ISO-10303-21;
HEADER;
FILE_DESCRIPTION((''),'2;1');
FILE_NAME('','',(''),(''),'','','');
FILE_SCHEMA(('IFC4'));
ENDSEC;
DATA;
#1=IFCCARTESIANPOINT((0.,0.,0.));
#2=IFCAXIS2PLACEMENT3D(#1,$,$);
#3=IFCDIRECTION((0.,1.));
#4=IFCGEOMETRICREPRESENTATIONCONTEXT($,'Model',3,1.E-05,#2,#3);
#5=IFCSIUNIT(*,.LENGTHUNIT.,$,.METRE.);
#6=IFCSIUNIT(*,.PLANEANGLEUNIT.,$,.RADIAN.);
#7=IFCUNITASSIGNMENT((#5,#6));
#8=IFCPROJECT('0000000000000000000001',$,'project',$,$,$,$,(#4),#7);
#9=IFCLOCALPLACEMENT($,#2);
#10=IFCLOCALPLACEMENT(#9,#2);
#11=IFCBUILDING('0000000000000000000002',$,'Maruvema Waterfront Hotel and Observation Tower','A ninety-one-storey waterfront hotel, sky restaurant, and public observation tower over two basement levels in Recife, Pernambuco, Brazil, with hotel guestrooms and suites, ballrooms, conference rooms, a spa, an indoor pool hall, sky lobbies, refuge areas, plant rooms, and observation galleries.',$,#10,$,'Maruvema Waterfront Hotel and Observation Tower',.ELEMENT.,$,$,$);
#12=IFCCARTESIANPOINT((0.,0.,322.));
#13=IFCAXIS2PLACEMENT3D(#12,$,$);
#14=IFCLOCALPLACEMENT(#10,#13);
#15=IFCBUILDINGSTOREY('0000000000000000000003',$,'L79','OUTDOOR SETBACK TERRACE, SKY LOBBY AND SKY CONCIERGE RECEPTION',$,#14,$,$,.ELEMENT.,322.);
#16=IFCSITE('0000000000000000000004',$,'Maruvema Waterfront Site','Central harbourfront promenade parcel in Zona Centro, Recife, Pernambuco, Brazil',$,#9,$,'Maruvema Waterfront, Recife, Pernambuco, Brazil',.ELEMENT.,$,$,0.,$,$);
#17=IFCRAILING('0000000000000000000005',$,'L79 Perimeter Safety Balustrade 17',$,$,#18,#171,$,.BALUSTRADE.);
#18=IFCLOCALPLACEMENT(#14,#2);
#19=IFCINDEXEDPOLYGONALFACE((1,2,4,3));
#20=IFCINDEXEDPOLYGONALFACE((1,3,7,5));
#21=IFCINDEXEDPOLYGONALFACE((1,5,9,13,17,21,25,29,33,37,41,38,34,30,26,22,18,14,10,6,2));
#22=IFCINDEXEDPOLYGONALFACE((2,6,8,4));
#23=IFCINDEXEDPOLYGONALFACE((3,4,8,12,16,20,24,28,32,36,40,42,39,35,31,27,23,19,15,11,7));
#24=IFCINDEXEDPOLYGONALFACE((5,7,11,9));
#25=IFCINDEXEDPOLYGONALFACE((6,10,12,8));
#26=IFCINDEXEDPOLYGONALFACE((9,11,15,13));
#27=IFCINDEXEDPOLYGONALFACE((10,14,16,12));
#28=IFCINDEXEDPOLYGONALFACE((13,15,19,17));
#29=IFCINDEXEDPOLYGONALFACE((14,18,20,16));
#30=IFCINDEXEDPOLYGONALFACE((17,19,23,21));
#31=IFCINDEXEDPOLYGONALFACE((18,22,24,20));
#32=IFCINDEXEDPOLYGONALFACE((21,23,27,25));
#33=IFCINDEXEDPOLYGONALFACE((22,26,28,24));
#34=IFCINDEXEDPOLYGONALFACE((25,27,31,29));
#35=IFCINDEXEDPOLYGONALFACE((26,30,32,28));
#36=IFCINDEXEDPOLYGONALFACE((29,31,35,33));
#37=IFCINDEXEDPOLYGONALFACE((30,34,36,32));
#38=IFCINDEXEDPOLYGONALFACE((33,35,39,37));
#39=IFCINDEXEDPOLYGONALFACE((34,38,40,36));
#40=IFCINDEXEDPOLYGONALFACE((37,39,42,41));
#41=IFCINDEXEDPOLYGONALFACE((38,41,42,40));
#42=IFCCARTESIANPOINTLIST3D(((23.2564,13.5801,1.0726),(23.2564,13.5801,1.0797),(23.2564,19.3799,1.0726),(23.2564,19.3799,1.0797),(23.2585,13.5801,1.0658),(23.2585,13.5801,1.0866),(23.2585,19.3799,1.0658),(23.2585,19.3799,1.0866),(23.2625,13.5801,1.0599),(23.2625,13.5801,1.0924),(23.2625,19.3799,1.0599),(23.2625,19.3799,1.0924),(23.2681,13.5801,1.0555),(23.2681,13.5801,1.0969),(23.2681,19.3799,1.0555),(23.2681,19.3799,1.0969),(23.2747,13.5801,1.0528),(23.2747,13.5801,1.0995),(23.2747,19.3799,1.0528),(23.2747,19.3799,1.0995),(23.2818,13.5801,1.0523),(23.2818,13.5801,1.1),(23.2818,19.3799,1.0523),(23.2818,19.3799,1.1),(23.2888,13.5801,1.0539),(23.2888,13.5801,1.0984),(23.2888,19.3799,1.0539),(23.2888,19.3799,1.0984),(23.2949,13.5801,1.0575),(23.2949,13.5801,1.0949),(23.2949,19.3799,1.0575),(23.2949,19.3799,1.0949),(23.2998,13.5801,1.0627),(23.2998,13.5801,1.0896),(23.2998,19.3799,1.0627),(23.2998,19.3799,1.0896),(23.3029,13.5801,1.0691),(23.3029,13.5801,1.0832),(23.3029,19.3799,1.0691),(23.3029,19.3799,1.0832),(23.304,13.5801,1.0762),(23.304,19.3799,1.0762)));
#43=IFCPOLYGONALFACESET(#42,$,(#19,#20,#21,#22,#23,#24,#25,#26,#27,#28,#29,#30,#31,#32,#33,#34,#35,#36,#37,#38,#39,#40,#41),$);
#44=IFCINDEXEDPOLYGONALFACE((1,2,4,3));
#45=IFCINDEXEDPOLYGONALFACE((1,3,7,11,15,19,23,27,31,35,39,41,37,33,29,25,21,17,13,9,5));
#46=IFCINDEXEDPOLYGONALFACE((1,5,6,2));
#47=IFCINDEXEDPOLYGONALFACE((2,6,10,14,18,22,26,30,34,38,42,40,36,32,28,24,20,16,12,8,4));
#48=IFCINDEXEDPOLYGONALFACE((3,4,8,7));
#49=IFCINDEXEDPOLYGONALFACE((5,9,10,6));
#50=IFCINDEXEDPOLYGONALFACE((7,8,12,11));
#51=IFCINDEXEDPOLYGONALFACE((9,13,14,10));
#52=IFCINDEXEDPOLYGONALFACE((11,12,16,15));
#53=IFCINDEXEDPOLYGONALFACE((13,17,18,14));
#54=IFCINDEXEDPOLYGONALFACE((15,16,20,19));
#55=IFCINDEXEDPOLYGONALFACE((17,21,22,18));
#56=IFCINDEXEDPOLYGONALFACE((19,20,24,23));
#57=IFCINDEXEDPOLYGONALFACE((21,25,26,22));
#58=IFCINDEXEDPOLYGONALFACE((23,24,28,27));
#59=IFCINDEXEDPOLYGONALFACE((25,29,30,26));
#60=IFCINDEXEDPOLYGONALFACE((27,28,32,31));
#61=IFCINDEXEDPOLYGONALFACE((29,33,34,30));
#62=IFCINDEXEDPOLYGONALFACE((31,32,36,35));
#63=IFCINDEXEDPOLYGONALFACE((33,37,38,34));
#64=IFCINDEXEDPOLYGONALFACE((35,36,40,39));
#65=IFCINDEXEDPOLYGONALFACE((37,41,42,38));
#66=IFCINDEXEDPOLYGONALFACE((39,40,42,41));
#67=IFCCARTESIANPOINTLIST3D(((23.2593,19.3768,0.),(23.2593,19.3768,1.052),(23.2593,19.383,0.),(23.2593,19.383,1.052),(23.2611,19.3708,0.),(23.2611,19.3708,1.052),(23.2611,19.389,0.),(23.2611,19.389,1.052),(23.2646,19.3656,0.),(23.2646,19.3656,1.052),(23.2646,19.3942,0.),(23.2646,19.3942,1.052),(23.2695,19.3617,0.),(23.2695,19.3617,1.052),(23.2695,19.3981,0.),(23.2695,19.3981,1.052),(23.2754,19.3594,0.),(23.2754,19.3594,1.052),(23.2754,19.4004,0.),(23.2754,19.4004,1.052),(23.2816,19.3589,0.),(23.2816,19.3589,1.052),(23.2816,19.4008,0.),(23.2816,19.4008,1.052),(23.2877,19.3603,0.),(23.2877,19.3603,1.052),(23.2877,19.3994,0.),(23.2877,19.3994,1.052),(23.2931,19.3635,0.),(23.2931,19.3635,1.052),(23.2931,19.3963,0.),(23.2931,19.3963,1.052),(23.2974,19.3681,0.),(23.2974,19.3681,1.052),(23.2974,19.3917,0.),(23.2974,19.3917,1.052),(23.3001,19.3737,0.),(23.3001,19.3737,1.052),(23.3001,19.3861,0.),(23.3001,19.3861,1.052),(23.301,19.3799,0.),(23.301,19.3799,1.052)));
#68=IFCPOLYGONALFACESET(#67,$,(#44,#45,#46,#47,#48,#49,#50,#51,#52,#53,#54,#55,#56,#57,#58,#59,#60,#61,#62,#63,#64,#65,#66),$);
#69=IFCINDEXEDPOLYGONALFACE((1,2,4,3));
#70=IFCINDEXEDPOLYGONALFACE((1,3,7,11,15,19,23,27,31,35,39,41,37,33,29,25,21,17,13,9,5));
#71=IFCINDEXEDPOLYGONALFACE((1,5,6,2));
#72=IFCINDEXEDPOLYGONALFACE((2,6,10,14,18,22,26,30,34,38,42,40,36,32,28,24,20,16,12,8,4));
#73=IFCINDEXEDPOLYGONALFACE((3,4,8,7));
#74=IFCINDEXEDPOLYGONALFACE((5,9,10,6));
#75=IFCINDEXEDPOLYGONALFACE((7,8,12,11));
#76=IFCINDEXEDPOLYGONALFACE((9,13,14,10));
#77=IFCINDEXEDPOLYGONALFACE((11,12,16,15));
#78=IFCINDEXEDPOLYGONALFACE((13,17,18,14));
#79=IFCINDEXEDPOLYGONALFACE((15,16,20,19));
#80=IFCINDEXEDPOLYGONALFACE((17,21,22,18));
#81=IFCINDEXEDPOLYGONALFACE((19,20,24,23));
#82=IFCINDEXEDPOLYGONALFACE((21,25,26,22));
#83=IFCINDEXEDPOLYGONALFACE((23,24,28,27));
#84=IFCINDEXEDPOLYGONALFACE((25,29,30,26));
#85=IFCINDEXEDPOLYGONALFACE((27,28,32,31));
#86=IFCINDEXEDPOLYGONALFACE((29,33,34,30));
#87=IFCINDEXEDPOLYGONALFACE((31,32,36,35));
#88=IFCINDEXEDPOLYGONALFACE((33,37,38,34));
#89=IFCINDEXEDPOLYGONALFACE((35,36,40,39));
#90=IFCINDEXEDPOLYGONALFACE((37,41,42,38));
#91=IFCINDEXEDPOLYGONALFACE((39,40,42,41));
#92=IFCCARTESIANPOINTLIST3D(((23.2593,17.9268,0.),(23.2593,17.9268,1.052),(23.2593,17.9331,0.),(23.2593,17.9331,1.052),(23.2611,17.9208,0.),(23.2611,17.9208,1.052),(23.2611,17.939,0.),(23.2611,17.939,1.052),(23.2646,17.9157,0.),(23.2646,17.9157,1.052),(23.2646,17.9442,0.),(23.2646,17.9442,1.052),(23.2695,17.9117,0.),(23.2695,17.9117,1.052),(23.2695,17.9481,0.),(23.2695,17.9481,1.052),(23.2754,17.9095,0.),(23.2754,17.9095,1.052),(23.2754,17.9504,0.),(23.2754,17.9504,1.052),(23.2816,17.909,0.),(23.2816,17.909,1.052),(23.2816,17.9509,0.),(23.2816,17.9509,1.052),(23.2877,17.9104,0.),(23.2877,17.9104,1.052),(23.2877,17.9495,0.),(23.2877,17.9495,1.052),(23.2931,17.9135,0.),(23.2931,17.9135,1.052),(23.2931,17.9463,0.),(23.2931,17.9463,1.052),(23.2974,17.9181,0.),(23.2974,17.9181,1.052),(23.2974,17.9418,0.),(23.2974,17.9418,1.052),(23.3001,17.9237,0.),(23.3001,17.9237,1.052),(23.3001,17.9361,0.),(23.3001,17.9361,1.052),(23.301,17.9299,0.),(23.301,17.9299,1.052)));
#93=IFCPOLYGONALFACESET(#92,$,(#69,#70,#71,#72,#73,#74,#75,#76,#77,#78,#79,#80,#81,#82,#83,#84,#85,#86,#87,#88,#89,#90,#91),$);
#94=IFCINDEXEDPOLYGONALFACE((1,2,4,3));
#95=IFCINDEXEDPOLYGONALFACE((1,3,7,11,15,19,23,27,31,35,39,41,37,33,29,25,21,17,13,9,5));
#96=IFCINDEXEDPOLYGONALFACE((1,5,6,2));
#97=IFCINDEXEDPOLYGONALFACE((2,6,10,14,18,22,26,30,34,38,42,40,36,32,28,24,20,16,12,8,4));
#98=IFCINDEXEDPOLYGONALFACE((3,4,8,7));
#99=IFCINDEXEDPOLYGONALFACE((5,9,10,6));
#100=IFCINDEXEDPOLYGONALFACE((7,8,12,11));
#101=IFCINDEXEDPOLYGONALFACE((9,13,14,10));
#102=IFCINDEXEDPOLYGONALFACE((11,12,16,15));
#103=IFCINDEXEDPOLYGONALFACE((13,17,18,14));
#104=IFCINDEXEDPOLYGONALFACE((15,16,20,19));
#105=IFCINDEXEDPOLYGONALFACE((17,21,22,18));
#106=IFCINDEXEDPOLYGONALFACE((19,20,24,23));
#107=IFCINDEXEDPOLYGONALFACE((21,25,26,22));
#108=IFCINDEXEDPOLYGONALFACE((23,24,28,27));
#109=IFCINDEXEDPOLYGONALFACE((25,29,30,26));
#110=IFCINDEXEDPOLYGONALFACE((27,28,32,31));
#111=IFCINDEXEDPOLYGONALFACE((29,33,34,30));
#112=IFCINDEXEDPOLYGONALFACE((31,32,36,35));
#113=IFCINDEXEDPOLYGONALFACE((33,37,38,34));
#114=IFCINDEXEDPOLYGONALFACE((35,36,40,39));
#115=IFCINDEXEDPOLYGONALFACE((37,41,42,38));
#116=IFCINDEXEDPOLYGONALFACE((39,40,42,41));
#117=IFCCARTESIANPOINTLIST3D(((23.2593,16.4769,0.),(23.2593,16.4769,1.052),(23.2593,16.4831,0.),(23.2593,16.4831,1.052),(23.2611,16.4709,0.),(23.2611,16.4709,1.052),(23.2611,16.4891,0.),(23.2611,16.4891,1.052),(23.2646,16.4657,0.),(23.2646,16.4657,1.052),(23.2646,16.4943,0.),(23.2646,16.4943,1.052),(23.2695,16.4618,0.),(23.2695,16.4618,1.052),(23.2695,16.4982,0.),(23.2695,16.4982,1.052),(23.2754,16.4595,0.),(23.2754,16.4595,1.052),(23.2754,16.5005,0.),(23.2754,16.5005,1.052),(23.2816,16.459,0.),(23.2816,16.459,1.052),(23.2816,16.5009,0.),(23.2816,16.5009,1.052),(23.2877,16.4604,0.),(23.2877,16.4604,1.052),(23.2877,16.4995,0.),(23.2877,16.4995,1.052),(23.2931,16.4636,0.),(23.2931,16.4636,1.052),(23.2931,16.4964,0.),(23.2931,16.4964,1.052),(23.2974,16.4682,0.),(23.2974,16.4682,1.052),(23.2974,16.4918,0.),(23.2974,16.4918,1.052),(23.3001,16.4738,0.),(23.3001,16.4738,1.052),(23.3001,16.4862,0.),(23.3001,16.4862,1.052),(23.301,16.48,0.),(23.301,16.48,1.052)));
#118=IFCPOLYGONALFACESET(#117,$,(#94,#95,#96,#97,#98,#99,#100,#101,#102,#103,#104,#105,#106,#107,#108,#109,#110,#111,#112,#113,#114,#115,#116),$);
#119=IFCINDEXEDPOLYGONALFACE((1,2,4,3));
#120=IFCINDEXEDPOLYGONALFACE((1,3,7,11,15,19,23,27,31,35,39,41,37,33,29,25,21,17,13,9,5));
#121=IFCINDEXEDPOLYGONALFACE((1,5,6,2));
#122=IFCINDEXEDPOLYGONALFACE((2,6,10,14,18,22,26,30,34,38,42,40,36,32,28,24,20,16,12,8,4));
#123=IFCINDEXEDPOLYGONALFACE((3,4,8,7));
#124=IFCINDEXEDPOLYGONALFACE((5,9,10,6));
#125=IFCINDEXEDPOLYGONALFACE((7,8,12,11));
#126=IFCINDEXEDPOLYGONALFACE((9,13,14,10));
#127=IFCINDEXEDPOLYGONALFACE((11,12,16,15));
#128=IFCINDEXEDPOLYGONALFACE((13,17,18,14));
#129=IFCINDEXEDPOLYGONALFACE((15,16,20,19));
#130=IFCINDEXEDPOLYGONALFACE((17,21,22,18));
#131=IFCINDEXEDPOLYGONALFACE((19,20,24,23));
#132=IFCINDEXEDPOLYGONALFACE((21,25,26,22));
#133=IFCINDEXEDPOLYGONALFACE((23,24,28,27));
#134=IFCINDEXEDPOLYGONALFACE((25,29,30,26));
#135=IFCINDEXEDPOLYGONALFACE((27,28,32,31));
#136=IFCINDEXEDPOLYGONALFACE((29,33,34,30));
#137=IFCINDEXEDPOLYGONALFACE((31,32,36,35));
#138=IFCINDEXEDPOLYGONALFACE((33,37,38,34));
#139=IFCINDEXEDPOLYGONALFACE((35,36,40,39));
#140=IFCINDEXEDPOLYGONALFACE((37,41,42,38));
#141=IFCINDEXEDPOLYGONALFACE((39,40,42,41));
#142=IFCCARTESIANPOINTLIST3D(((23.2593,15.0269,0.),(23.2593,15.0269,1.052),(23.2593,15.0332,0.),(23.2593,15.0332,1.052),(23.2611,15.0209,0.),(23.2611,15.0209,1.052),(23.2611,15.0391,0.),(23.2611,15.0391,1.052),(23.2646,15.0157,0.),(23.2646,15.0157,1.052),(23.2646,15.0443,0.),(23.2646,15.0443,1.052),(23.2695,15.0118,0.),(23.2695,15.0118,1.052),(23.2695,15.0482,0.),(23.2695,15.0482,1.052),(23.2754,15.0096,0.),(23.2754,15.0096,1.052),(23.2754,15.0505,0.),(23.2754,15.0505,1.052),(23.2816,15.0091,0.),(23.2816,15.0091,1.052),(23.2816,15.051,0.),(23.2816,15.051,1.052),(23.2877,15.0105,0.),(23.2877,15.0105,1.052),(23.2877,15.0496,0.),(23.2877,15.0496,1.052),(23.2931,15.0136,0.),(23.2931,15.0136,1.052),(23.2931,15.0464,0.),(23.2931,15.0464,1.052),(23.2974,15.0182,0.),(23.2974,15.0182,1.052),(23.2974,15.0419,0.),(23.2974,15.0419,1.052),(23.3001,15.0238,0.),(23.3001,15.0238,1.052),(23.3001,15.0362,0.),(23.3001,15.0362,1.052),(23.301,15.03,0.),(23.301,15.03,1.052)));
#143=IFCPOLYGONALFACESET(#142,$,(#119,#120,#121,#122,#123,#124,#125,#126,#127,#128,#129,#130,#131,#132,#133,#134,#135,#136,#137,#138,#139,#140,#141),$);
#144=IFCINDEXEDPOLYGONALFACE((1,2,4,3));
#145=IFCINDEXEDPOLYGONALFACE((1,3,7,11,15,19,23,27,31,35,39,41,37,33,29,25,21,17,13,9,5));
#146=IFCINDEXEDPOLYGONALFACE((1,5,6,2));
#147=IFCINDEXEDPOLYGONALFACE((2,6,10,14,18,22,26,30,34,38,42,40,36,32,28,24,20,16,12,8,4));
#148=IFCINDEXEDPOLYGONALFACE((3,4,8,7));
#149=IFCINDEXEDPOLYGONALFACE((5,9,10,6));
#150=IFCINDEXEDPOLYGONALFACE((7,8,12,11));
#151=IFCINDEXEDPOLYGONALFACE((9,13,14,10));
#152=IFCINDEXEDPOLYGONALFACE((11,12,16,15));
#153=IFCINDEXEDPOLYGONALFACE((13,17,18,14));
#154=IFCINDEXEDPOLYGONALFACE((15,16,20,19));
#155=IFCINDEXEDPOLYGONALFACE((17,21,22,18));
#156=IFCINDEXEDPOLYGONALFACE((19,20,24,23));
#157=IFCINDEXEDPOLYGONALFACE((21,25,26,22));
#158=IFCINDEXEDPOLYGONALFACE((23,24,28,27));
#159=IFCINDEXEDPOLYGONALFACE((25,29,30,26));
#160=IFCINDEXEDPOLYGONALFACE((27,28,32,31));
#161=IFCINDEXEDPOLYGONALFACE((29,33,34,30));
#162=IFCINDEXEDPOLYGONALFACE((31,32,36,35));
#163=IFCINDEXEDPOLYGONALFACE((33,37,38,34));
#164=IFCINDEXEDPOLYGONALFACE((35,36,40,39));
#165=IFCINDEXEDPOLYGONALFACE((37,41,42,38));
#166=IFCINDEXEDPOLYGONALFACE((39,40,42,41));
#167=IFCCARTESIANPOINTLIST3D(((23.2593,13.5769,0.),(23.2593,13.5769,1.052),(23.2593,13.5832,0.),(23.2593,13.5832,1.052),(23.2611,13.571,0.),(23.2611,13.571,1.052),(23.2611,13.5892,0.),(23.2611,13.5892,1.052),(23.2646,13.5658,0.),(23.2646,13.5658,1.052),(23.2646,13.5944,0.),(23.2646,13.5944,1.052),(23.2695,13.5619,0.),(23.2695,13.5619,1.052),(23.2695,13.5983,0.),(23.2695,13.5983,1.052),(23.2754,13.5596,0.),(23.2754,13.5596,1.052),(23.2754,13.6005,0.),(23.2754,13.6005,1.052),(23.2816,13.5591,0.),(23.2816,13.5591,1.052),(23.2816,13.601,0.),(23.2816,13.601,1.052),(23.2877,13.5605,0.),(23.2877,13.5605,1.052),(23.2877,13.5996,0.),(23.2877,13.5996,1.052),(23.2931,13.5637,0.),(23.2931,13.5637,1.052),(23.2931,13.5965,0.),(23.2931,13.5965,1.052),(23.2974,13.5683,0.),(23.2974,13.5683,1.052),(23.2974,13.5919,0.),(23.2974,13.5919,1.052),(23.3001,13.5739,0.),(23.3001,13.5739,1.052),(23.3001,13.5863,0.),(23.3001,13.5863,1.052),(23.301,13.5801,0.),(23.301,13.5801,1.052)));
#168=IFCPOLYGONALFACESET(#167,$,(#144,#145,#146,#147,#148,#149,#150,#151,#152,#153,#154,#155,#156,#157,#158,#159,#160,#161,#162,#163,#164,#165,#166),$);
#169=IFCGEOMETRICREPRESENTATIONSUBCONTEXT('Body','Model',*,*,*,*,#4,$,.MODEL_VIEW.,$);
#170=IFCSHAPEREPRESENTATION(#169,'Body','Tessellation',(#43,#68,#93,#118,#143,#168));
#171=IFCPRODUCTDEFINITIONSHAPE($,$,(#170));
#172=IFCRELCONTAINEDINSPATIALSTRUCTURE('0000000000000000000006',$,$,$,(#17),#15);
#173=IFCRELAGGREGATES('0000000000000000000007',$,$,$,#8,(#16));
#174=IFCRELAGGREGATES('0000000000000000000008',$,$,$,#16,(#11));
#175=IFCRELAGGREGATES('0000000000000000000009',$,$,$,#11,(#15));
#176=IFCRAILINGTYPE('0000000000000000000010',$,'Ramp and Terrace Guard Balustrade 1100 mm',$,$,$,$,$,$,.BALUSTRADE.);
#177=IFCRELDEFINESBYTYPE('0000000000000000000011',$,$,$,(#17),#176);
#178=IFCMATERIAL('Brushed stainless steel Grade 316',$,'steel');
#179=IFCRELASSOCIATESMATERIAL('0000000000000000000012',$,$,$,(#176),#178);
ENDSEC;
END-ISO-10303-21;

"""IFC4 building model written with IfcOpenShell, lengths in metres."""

from ifc_helpers import new_model, si_unit, direction, frame, origin, origin_2d, place, context, subcontext, project, spatial, circle, extrude, material, type_object, element, save


model = new_model("IFC4")

# Units and contexts
model_context = context("Model", 3, precision=1e-05, world=origin(), true_north=direction((0.0, 1.0)))
body_context = subcontext(model_context, "Body", "Model", "MODEL_VIEW")
ifc_project = project(units=[si_unit("LENGTHUNIT", "METRE"), si_unit("PLANEANGLEUNIT", "RADIAN")], contexts=[model_context])

# Site, building, storey
site_placement = place(None, origin())
site = spatial("IfcSite", under=ifc_project, at=site_placement, Name="Maruvema Waterfront Site", Description="Central harbourfront promenade parcel in Zona Centro, Recife, Pernambuco, Brazil", LongName="Maruvema Waterfront, Recife, Pernambuco, Brazil", CompositionType="ELEMENT", RefElevation=0.0)
building_placement = place(site_placement, origin())
building = spatial("IfcBuilding", under=site, at=building_placement, Name="Maruvema Waterfront Hotel and Observation Tower", Description="A ninety-one-storey waterfront hotel, sky restaurant, and public observation tower over two basement levels in Recife, Pernambuco, Brazil, with hotel guestrooms and suites, ballrooms, conference rooms, a spa, an indoor pool hall, sky lobbies, refuge areas, plant rooms, and observation galleries.", LongName="Maruvema Waterfront Hotel and Observation Tower", CompositionType="ELEMENT")
storey_placement = place(building_placement, frame((0.0, 0.0, 322.0)))
storey = spatial("IfcBuildingStorey", under=building, at=storey_placement, Name="L79", Description="OUTDOOR SETBACK TERRACE, SKY LOBBY AND SKY CONCIERGE RECEPTION", CompositionType="ELEMENT", Elevation=322.0)

# Railing
ifc_material_1 = material(Name="Brushed stainless steel Grade 316", Category="steel")
railing_type = type_object("IfcRailingType", Name="Ramp and Terrace Guard Balustrade 1100 mm", PredefinedType="BALUSTRADE", material=ifc_material_1)
railing_placement = place(storey_placement, frame((23.28, 19.3799, 0.0)))
element("IfcRailing", 1, at=railing_placement, inside=storey, type_object=railing_type, Name="L79 Perimeter Safety Balustrade 17", PredefinedType="BALUSTRADE", context=body_context, shape_type="SweptSolid", body=[
    extrude(circle(Radius=0.0239, at=origin_2d()), frame((0.0, 0.0, 1.0762), z_axis=(0.0, -1.0, 0.0), x_axis=(1.0, 0.0, 0.0)), (0.0, 0.0, 1.0), 5.7998),
    extrude(circle(Radius=0.021, at=origin_2d()), origin(), (0.0, 0.0, 1.0), 1.052),
    extrude(circle(Radius=0.021, at=origin_2d()), frame((0.0, -1.45, 0.0)), (0.0, 0.0, 1.0), 1.052),
    extrude(circle(Radius=0.021, at=origin_2d()), frame((0.0, -2.8999, 0.0)), (0.0, 0.0, 1.0), 1.052),
    extrude(circle(Radius=0.021, at=origin_2d()), frame((0.0, -4.3499, 0.0)), (0.0, 0.0, 1.0), 1.052),
    extrude(circle(Radius=0.021, at=origin_2d()), frame((0.0, -5.7998, 0.0)), (0.0, 0.0, 1.0), 1.052),
])

save(model, "model.ifc")
